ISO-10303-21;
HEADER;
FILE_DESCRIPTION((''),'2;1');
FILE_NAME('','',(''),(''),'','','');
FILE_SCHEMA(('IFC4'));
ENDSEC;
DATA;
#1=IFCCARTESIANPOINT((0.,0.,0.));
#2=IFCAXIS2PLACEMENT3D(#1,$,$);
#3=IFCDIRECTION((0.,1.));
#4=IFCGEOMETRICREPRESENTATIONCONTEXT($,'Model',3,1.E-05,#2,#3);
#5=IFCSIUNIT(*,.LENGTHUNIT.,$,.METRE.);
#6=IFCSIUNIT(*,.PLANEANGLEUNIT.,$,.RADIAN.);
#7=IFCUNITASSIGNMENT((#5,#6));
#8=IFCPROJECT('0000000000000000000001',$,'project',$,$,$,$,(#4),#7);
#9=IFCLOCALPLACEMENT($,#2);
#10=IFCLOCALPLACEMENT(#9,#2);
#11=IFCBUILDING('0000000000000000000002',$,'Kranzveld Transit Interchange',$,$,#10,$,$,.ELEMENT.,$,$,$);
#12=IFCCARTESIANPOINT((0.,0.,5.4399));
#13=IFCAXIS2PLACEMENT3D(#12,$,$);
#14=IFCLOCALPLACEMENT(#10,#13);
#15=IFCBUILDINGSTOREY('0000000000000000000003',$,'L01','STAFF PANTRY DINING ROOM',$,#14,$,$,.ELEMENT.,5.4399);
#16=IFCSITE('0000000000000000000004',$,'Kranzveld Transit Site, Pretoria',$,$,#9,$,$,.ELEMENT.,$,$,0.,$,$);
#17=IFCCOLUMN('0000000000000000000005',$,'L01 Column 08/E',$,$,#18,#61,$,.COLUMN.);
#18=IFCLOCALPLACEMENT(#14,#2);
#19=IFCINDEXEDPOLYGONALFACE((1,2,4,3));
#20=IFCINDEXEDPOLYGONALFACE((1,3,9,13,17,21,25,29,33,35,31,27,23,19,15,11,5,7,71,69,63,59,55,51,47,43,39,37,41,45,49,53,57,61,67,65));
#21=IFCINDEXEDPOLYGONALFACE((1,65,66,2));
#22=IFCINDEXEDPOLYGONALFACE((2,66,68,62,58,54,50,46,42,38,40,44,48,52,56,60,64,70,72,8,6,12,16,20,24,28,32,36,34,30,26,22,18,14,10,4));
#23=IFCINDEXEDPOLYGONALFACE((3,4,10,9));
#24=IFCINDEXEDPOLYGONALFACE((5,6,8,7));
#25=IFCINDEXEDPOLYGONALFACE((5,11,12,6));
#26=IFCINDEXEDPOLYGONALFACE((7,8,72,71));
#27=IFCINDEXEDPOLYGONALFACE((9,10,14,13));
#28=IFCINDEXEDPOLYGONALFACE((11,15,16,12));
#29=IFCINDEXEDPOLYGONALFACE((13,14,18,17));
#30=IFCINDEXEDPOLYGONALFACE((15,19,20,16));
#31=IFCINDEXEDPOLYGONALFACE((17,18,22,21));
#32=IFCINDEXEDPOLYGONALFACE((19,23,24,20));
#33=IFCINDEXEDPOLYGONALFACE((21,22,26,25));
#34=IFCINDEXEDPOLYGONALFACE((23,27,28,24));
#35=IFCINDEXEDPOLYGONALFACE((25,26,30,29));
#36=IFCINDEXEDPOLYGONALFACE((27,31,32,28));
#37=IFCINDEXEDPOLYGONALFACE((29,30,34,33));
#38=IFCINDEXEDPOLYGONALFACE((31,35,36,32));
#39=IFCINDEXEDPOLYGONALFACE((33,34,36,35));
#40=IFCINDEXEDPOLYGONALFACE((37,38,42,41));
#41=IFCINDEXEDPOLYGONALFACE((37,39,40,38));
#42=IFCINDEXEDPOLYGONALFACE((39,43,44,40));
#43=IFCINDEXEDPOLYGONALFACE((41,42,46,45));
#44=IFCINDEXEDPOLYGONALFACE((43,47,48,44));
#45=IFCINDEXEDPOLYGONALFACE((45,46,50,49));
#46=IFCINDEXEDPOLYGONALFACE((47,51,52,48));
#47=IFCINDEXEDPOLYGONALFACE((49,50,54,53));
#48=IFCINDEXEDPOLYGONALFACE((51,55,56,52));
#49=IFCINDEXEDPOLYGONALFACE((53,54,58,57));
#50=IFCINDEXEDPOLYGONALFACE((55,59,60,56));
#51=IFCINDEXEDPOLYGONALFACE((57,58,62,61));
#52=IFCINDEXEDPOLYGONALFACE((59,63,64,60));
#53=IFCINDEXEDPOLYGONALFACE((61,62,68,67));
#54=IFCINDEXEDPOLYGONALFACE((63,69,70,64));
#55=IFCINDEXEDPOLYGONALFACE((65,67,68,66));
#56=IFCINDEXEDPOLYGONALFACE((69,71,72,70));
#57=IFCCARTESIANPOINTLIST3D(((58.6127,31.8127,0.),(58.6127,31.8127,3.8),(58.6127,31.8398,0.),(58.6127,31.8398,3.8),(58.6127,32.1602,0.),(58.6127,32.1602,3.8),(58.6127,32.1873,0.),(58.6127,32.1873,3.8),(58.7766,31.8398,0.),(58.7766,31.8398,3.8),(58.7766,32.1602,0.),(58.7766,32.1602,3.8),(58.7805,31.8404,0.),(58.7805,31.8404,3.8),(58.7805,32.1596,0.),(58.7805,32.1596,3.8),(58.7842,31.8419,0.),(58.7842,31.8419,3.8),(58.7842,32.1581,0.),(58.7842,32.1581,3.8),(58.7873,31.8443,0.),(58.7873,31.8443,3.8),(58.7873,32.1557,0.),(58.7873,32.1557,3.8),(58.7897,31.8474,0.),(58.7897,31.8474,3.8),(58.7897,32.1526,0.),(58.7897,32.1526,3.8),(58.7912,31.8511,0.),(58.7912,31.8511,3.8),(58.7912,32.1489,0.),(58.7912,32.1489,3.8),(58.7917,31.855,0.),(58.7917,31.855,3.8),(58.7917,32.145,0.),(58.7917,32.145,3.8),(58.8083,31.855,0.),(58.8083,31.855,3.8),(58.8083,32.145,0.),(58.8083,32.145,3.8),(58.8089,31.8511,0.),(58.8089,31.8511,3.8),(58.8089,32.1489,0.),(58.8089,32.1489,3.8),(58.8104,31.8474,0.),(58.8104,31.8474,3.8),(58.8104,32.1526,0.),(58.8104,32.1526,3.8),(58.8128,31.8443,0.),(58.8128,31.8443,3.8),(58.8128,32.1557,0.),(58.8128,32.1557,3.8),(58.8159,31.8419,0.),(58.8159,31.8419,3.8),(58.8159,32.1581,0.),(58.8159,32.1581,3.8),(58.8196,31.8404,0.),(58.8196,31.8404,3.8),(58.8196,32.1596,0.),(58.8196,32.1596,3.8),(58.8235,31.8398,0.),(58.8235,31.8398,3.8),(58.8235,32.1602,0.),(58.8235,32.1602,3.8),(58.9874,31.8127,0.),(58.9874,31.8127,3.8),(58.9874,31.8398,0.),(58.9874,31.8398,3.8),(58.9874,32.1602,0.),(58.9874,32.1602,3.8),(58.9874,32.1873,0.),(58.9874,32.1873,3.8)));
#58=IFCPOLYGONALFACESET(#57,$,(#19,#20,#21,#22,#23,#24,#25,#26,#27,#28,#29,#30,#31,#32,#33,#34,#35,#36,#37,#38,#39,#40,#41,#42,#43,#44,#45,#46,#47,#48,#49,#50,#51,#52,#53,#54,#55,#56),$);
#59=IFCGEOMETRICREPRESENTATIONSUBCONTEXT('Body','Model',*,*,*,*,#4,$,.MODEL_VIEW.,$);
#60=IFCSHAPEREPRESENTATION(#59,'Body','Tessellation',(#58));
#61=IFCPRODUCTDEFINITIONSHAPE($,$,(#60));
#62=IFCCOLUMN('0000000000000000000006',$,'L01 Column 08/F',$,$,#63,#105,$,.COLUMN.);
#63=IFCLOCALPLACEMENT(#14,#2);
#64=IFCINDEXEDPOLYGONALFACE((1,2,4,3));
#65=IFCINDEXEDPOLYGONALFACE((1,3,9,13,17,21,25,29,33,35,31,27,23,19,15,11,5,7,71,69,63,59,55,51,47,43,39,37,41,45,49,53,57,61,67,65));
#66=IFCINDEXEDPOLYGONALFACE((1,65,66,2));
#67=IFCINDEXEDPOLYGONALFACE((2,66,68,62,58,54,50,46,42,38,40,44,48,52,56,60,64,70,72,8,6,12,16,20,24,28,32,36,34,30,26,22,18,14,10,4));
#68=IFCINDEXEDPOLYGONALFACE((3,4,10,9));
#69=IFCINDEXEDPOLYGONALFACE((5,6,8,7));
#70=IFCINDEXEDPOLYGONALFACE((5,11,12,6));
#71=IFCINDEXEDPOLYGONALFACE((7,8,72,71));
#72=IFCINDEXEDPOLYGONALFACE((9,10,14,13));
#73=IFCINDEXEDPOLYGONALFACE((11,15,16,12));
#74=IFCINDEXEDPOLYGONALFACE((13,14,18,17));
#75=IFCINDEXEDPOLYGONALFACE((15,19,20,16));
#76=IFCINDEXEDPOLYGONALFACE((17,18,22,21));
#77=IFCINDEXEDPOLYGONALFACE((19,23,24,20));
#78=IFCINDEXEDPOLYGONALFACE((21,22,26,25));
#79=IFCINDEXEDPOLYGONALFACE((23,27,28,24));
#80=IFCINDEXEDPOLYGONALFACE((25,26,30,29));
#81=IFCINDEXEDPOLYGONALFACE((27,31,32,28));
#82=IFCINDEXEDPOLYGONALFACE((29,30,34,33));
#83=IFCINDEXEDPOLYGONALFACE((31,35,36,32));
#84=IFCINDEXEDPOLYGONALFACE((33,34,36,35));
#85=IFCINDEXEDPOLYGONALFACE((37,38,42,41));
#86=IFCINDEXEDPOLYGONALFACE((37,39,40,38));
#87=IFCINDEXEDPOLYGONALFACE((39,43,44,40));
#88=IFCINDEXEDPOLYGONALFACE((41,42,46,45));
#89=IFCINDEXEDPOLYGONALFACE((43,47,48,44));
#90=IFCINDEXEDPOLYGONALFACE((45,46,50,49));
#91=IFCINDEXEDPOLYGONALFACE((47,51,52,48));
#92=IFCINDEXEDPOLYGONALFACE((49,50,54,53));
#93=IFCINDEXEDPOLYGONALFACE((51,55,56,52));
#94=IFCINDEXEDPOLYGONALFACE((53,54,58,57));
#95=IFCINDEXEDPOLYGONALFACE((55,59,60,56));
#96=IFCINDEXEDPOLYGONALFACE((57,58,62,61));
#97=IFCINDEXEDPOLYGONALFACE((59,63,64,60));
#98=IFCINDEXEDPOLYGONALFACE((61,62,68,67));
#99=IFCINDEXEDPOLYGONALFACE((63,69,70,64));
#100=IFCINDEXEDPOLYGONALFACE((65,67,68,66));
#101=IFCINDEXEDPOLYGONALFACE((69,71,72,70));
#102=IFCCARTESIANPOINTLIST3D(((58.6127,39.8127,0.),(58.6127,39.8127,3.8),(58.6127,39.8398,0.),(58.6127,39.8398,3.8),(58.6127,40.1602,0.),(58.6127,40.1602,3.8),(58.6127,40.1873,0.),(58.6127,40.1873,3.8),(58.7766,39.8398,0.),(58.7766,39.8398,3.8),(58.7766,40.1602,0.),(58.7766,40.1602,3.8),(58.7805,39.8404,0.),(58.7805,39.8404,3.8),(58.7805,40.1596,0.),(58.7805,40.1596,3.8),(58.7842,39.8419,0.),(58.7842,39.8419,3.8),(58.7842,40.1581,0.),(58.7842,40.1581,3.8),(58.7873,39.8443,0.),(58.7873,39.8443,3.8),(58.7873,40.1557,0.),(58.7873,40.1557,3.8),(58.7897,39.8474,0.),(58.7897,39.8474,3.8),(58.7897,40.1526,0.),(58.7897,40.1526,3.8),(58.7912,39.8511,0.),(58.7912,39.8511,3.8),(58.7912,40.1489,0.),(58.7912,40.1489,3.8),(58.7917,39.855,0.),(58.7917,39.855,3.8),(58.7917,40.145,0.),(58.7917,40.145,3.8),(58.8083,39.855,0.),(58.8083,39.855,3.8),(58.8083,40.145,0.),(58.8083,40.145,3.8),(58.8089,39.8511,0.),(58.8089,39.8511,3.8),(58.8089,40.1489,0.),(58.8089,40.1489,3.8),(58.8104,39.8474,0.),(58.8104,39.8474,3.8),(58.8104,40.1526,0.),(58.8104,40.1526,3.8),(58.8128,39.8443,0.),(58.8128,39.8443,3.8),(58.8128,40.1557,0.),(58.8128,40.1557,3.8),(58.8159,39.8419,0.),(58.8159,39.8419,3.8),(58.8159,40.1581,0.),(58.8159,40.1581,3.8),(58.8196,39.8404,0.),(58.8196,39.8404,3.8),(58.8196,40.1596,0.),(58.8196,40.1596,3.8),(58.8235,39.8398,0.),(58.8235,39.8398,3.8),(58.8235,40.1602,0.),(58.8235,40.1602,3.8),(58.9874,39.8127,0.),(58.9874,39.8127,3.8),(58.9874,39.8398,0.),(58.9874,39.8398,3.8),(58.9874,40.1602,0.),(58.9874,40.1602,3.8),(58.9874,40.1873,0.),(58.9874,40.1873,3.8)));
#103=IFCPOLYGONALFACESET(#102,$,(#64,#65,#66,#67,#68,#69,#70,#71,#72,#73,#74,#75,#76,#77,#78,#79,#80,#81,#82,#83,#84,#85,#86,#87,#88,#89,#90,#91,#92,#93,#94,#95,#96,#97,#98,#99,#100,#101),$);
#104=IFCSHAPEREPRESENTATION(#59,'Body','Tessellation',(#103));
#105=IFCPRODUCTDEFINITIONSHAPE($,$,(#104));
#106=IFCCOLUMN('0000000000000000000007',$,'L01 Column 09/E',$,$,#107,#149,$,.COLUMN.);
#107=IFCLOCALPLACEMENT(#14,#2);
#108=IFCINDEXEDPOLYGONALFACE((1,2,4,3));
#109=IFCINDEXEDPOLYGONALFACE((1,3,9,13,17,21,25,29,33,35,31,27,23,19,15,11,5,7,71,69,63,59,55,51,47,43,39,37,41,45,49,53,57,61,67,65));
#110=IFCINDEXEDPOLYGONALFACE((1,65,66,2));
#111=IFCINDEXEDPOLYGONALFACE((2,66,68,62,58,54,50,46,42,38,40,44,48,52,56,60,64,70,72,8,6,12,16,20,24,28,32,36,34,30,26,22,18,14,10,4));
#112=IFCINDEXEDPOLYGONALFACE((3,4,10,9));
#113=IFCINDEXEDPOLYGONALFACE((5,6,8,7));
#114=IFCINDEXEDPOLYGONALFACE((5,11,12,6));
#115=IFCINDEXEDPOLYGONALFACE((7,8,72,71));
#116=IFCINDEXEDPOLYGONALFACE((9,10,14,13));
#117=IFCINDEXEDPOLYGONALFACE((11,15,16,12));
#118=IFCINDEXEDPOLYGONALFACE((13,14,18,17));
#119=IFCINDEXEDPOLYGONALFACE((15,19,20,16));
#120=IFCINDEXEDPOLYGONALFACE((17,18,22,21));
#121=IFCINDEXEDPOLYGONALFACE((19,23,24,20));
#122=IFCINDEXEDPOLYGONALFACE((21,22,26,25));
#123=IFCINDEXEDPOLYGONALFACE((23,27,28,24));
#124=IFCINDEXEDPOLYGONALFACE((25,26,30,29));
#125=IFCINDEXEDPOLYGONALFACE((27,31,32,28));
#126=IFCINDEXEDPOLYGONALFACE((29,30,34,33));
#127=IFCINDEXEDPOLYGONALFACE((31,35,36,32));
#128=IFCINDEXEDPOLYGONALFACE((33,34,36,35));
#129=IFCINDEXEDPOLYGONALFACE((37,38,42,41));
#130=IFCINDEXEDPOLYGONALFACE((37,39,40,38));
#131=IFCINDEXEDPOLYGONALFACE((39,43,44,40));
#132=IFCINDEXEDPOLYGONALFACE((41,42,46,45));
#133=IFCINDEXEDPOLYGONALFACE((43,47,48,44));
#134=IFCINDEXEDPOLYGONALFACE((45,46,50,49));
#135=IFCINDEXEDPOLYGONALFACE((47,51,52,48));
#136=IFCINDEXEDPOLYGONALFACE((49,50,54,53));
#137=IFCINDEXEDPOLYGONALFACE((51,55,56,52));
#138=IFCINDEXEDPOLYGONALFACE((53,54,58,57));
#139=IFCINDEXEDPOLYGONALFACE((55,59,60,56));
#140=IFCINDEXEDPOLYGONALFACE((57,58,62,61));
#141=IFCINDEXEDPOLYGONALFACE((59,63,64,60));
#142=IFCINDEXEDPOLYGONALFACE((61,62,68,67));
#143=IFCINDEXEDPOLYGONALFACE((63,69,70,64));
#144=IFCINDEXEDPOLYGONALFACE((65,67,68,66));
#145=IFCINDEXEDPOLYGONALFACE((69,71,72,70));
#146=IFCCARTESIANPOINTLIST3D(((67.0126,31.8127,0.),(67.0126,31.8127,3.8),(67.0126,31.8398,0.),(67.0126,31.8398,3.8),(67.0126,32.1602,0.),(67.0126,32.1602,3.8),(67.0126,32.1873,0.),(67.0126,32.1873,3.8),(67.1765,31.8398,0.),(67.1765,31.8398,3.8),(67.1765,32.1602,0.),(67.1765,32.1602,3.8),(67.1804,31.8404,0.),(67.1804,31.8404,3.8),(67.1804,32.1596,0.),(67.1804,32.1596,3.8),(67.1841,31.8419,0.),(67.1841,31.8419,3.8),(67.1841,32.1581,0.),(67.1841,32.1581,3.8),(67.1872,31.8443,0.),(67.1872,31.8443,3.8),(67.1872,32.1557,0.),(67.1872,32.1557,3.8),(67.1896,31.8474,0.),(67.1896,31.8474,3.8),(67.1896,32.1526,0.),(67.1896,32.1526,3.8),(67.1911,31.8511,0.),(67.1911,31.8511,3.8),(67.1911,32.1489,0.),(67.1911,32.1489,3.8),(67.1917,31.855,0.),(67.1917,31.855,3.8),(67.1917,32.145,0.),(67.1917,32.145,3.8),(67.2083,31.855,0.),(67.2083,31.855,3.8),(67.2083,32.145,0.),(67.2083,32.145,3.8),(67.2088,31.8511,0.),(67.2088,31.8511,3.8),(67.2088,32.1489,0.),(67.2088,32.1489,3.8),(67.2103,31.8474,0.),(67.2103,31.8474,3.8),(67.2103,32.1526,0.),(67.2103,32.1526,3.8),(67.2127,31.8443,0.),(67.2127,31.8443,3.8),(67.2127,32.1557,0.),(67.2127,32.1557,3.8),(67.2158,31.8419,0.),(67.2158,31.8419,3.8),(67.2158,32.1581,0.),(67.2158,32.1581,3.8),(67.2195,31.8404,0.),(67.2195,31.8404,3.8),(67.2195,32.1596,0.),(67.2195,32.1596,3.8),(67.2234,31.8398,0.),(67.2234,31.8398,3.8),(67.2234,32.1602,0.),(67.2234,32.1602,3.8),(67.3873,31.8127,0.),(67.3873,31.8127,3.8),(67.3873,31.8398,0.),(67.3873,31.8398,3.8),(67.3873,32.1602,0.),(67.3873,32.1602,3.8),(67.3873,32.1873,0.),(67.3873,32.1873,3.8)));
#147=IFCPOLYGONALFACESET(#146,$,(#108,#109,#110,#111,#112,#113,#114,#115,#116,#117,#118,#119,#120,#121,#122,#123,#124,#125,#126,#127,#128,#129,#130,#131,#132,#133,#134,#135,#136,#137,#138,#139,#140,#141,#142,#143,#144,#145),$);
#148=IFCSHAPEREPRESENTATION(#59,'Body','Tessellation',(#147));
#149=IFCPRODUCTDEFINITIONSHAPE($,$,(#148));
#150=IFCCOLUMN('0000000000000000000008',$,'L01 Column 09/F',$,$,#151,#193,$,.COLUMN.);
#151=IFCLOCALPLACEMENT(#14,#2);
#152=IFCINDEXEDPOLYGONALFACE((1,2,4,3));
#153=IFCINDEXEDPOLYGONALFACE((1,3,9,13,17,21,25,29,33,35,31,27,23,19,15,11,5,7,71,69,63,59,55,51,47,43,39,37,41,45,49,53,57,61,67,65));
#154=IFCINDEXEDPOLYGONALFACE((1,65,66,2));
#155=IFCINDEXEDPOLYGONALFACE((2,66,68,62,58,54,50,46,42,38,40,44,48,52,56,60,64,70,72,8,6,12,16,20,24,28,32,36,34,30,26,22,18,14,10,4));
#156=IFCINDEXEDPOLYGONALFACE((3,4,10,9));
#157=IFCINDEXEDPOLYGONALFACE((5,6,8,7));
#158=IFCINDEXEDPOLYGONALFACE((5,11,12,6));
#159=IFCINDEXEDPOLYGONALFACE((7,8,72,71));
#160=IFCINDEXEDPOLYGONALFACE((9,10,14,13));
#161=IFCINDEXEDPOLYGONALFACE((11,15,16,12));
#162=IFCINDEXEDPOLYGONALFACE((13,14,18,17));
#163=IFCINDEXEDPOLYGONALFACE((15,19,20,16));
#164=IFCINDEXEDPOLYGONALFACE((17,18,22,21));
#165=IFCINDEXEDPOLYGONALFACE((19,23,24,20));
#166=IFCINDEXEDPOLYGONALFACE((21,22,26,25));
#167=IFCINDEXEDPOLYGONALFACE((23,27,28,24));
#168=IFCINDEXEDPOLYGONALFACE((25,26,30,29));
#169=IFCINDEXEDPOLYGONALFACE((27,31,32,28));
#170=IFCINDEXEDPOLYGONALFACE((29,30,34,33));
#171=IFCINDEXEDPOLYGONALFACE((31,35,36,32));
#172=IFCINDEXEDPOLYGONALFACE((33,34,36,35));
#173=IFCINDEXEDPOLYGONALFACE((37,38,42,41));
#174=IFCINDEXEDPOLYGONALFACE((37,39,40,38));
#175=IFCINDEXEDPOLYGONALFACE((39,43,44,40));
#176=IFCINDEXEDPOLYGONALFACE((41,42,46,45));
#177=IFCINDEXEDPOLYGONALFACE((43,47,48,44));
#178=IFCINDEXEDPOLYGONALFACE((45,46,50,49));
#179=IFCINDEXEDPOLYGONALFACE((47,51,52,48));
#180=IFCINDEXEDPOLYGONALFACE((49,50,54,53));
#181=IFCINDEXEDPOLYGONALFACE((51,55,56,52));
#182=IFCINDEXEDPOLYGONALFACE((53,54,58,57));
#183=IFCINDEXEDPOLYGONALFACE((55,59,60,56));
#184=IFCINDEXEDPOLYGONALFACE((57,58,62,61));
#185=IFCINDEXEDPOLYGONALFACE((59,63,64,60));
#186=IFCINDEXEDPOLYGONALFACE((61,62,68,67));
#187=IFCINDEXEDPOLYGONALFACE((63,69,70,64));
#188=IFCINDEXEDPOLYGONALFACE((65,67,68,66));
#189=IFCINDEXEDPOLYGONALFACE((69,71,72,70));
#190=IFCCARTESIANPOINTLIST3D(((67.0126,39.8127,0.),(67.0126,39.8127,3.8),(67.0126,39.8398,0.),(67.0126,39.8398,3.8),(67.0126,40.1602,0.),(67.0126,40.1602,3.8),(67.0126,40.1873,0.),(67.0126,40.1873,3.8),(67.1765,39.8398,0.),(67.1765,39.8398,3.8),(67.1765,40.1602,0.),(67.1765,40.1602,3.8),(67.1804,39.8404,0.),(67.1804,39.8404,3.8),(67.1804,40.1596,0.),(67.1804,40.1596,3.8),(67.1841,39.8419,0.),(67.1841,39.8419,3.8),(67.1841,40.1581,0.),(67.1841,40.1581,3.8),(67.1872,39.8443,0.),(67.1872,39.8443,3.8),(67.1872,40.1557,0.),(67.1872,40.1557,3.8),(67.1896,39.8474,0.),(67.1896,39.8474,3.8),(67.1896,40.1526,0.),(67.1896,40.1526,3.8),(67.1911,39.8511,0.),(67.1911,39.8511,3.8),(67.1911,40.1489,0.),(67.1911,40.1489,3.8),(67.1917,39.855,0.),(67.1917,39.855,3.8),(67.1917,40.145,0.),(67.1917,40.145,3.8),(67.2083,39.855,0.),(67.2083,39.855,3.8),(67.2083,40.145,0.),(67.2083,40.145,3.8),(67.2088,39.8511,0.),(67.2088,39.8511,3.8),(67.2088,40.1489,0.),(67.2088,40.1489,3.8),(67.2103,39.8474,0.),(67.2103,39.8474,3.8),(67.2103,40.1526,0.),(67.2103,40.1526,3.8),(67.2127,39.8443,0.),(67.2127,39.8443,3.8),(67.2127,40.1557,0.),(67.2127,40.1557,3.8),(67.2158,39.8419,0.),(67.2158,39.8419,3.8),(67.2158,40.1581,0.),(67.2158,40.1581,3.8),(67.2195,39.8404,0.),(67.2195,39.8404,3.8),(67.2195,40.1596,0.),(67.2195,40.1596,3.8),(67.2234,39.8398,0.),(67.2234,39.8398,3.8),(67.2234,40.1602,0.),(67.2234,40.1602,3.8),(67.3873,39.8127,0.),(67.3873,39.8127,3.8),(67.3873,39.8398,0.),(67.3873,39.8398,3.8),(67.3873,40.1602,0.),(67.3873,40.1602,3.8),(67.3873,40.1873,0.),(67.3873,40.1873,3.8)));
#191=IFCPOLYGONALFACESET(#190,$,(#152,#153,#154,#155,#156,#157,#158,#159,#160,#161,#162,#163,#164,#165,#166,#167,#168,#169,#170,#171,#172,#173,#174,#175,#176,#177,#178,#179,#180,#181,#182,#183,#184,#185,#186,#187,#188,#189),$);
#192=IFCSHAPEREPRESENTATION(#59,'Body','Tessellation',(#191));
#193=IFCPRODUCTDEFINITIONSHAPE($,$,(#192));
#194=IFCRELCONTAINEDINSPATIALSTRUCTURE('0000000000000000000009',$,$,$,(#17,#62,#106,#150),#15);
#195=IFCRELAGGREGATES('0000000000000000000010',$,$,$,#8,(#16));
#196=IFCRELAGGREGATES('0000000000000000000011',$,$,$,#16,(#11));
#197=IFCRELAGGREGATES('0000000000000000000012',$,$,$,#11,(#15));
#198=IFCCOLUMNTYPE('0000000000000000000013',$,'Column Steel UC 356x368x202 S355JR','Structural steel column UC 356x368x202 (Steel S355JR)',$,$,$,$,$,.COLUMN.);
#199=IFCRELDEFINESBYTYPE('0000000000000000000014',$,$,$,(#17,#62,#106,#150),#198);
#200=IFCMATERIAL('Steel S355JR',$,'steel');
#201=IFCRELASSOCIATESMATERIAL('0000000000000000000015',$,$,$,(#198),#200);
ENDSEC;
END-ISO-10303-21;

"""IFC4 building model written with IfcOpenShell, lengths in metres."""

from ifc_helpers import new_model, si_unit, direction, frame, origin, origin_2d, place, context, subcontext, project, spatial, i_section, extrude, material, material_profile, profile_set, type_object, element, save


model = new_model("IFC4")

# Units and contexts
model_context = context("Model", 3, precision=1e-05, world=origin(), true_north=direction((0.0, 1.0)))
body_context = subcontext(model_context, "Body", "Model", "MODEL_VIEW")
ifc_project = project(units=[si_unit("LENGTHUNIT", "METRE"), si_unit("PLANEANGLEUNIT", "RADIAN")], contexts=[model_context])

# Site, building, storey
site_placement = place(None, origin())
site = spatial("IfcSite", under=ifc_project, at=site_placement, Name="Kranzveld Transit Site, Pretoria", CompositionType="ELEMENT", RefElevation=0.0)
building_placement = place(site_placement, origin())
building = spatial("IfcBuilding", under=site, at=building_placement, Name="Kranzveld Transit Interchange", CompositionType="ELEMENT")
storey_placement = place(building_placement, frame((0.0, 0.0, 5.4399)))
storey = spatial("IfcBuildingStorey", under=building, at=storey_placement, Name="L01", Description="STAFF PANTRY DINING ROOM", CompositionType="ELEMENT", Elevation=5.4399)

# Columns
ifc_material_1 = material(Name="Steel S355JR", Category="steel")
ifc_material_profile_1 = material_profile(ifc_material_1, i_section(OverallWidth=0.3748, OverallDepth=0.3745, WebThickness=0.0166, FlangeThickness=0.0271, FilletRadius=0.0151, at=origin_2d()), Name="UC 356x368x202")
ifc_profile_set_1 = profile_set([ifc_material_profile_1], Name="Steel S355JR")
column_type = type_object("IfcColumnType", Name="Column Steel UC 356x368x202 S355JR", Description="Structural steel column UC 356x368x202 (Steel S355JR)", PredefinedType="COLUMN", material=ifc_profile_set_1)
for number, where, z_axis, x_axis, name in (
    (1, (58.8, 32.0, 0.0), (0.0, 0.0, 1.0), (1.0, 0.0, 0.0), "L01 Column 08/E"),
    (2, (58.8, 40.0, 0.0), (0.0, 0.0, 1.0), (1.0, 0.0, 0.0), "L01 Column 08/F"),
    (3, (67.2, 32.0, 0.0), (0.0, 0.0, 1.0), (1.0, 0.0, 0.0), "L01 Column 09/E"),
    (4, (67.2, 40.0, 0.0), (0.0, 0.0, 1.0), (1.0, 0.0, 0.0), "L01 Column 09/F"),
):
    element("IfcColumn", number, at=place(storey_placement, frame(where, z_axis=z_axis, x_axis=x_axis)), inside=storey, type_object=column_type, Name=name, PredefinedType="COLUMN", context=body_context, shape_type="SweptSolid", body=[
        extrude(i_section(OverallWidth=0.3748, OverallDepth=0.3745, WebThickness=0.0166, FlangeThickness=0.0271, FilletRadius=0.0151, at=origin_2d()), origin(), (0.0, 0.0, 1.0), 3.8),
    ])

save(model, "model.ifc")
